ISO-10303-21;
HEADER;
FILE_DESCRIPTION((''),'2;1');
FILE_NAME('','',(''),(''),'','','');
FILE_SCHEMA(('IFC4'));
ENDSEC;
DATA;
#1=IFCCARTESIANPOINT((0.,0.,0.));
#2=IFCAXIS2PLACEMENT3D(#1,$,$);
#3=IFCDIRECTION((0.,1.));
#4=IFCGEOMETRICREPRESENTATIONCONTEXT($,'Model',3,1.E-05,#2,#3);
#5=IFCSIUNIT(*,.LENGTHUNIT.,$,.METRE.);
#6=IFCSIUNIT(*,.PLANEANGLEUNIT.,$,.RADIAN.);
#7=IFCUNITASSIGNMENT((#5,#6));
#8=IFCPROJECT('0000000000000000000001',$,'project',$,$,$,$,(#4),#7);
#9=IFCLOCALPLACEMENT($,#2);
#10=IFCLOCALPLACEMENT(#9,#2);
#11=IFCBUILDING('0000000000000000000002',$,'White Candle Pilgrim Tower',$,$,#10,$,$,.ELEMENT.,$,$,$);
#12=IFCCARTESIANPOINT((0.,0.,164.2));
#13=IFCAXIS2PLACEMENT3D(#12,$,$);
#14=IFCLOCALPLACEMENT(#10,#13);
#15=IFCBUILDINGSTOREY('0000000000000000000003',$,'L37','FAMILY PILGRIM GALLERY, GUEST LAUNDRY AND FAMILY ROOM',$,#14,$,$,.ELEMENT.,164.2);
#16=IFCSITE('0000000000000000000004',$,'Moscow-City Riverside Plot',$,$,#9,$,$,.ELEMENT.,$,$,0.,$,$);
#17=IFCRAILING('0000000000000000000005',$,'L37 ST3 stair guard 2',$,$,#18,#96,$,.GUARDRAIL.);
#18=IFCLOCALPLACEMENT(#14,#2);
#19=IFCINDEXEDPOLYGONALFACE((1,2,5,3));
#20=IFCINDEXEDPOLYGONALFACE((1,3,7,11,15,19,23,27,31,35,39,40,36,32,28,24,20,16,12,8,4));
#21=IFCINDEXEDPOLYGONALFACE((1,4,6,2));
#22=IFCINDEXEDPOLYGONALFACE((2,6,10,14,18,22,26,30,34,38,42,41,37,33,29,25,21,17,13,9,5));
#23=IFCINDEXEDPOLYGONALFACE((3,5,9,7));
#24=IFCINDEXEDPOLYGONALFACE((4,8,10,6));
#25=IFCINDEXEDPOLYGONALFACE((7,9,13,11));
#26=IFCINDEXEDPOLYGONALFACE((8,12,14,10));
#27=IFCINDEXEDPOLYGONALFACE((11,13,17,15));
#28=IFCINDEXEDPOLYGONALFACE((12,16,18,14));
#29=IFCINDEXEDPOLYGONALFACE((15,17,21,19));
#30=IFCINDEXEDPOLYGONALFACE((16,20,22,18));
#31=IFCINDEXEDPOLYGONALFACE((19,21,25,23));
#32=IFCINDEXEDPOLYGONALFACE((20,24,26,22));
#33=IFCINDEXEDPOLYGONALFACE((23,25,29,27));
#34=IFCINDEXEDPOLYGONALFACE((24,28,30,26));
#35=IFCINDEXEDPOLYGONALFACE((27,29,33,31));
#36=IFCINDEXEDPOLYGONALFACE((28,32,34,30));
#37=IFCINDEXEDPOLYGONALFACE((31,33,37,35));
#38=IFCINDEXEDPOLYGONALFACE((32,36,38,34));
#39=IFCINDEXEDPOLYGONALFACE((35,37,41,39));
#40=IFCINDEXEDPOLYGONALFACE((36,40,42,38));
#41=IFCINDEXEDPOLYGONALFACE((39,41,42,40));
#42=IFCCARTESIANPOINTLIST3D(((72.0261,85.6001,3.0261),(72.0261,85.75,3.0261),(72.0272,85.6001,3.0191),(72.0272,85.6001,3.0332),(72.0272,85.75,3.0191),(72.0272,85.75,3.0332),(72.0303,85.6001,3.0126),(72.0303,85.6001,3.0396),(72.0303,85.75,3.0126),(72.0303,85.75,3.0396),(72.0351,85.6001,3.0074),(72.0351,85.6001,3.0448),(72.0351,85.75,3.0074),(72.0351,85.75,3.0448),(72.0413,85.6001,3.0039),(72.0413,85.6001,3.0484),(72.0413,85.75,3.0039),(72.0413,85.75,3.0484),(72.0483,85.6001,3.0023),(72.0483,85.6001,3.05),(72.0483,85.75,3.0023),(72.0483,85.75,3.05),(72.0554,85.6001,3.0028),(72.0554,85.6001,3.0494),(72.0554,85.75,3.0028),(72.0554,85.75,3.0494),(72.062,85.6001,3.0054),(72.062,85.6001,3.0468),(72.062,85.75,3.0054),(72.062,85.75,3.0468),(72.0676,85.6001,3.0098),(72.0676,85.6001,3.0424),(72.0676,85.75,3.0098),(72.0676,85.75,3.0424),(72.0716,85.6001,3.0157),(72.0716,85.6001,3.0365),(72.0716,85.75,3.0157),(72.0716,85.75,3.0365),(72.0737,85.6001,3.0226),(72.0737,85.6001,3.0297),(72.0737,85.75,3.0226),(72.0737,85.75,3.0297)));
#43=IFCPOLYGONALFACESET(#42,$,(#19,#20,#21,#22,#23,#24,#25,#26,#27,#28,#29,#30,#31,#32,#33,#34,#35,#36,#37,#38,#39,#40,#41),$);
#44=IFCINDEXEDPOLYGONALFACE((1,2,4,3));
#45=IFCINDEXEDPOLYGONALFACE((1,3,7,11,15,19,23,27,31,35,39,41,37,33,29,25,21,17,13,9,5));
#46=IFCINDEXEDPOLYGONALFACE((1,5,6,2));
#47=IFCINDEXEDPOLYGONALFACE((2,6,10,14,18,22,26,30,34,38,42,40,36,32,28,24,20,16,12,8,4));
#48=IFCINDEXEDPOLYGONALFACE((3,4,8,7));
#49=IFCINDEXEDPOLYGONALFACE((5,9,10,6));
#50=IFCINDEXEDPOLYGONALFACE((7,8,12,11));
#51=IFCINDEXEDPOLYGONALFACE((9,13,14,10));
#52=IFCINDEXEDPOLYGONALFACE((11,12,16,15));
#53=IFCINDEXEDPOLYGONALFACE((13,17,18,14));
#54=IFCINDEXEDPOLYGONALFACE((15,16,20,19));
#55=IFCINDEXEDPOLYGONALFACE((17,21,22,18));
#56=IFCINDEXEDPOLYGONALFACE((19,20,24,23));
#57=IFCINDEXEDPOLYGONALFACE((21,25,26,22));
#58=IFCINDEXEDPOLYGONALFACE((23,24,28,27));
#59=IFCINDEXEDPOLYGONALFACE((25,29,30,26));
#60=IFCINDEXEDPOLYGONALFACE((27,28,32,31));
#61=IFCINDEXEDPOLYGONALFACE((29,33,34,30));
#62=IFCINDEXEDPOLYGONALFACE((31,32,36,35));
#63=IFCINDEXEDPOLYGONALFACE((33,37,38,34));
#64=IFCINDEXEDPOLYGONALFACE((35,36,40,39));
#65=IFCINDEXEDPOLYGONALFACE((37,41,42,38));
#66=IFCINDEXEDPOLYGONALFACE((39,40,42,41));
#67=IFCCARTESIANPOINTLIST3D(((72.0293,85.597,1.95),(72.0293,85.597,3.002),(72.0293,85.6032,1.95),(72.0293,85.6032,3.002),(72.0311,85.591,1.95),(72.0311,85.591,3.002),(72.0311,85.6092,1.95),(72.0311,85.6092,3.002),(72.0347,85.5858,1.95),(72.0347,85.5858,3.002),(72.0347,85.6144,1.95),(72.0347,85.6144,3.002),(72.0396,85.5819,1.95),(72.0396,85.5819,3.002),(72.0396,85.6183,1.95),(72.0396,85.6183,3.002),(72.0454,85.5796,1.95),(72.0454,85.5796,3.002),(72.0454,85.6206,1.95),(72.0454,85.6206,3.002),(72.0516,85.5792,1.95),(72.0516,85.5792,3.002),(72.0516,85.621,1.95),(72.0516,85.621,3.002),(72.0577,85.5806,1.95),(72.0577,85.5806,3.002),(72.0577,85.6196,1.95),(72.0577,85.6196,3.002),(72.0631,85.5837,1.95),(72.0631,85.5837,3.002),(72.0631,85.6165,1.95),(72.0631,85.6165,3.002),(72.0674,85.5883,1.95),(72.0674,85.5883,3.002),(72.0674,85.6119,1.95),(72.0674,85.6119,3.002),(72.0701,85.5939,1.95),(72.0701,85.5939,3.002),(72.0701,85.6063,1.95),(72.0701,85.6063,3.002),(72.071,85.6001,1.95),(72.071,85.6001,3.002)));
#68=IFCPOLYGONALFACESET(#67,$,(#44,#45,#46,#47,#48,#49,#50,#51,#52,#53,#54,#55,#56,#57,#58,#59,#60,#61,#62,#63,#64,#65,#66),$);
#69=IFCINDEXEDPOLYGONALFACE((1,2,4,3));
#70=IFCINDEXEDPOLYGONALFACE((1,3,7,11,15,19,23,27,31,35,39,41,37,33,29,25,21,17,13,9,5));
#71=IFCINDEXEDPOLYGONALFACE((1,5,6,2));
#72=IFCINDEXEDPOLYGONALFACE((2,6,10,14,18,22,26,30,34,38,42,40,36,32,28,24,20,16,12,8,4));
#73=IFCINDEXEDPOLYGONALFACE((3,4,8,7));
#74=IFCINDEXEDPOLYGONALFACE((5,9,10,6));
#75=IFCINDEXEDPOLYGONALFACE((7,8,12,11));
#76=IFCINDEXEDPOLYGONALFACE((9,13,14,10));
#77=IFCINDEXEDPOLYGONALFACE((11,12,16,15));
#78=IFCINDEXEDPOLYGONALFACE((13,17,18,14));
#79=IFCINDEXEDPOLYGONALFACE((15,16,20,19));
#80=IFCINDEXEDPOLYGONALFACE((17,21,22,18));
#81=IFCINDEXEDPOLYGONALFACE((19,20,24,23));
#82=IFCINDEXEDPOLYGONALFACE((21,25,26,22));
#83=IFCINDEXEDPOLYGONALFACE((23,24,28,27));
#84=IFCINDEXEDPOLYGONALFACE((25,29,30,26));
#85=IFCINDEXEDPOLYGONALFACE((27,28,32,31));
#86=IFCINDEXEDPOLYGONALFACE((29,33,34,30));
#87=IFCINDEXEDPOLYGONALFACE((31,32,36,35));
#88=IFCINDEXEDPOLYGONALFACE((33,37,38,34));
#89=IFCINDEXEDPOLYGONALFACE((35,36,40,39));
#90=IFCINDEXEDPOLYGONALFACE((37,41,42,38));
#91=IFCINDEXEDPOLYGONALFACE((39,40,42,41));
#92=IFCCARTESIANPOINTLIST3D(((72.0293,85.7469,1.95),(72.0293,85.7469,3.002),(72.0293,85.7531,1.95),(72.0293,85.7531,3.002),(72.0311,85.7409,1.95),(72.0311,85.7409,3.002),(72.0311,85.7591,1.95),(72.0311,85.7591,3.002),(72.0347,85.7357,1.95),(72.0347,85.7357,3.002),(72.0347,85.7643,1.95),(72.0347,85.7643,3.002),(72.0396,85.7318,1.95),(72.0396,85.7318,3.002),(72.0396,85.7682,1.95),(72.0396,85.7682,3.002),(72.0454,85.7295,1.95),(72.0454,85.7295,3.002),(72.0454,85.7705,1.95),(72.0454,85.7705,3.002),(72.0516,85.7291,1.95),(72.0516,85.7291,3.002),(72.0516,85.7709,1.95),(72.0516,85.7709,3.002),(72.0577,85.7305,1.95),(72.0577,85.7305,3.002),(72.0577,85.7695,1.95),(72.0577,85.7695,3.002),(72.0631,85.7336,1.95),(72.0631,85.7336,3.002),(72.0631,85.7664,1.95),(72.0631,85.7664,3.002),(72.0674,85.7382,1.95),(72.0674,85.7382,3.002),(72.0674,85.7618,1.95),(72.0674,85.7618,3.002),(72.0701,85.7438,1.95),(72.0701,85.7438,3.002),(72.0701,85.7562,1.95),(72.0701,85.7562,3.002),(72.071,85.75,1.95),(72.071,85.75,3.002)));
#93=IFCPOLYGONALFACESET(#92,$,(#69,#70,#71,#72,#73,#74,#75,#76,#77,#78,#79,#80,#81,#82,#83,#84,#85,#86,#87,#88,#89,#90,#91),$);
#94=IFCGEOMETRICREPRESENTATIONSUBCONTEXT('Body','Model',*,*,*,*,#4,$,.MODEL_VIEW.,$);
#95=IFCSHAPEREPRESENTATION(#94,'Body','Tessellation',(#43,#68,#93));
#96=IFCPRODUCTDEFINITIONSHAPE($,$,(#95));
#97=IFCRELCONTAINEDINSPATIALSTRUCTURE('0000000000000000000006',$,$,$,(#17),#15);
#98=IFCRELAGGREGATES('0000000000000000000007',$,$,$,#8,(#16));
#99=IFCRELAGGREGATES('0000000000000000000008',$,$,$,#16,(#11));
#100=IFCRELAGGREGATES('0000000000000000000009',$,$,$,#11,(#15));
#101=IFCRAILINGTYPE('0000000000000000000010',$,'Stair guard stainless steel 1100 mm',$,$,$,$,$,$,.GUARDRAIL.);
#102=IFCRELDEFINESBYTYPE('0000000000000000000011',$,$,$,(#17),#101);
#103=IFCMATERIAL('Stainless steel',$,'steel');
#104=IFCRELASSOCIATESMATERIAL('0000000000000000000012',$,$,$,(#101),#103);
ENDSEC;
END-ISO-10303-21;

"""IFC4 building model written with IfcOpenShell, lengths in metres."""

from ifc_helpers import new_model, si_unit, direction, frame, origin, origin_2d, place, context, subcontext, project, spatial, circle, extrude, material, type_object, element, save


model = new_model("IFC4")

# Units and contexts
model_context = context("Model", 3, precision=1e-05, world=origin(), true_north=direction((0.0, 1.0)))
body_context = subcontext(model_context, "Body", "Model", "MODEL_VIEW")
ifc_project = project(units=[si_unit("LENGTHUNIT", "METRE"), si_unit("PLANEANGLEUNIT", "RADIAN")], contexts=[model_context])

# Site, building, storey
site_placement = place(None, origin())
site = spatial("IfcSite", under=ifc_project, at=site_placement, Name="Moscow-City Riverside Plot", CompositionType="ELEMENT", RefElevation=0.0)
building_placement = place(site_placement, origin())
building = spatial("IfcBuilding", under=site, at=building_placement, Name="White Candle Pilgrim Tower", CompositionType="ELEMENT")
storey_placement = place(building_placement, frame((0.0, 0.0, 164.2)))
storey = spatial("IfcBuildingStorey", under=building, at=storey_placement, Name="L37", Description="FAMILY PILGRIM GALLERY, GUEST LAUNDRY AND FAMILY ROOM", CompositionType="ELEMENT", Elevation=164.2)

# Shared definitions
ifc_material_1 = material(Name="Stainless steel", Category="steel")

# Railing
railing_type_1 = type_object("IfcRailingType", Name="Stair guard stainless steel 1100 mm", PredefinedType="GUARDRAIL", material=ifc_material_1)
railing_1_placement = place(storey_placement, frame((72.05, 85.6001, 1.95)))
element("IfcRailing", 1, at=railing_1_placement, inside=storey, type_object=railing_type_1, Name="L37 ST3 stair guard 2", PredefinedType="GUARDRAIL", context=body_context, shape_type="SweptSolid", body=[
    extrude(circle(Radius=0.0239, at=origin_2d()), frame((0.0, 0.0, 1.0762), z_axis=(0.0, 1.0, 0.0), x_axis=(-1.0, 0.0, 0.0)), (0.0, 0.0, 1.0), 0.1499),
    extrude(circle(Radius=0.021, at=origin_2d()), origin(), (0.0, 0.0, 1.0), 1.052),
    extrude(circle(Radius=0.021, at=origin_2d()), frame((0.0, 0.1499, 0.0)), (0.0, 0.0, 1.0), 1.052),
])

save(model, "model.ifc")
